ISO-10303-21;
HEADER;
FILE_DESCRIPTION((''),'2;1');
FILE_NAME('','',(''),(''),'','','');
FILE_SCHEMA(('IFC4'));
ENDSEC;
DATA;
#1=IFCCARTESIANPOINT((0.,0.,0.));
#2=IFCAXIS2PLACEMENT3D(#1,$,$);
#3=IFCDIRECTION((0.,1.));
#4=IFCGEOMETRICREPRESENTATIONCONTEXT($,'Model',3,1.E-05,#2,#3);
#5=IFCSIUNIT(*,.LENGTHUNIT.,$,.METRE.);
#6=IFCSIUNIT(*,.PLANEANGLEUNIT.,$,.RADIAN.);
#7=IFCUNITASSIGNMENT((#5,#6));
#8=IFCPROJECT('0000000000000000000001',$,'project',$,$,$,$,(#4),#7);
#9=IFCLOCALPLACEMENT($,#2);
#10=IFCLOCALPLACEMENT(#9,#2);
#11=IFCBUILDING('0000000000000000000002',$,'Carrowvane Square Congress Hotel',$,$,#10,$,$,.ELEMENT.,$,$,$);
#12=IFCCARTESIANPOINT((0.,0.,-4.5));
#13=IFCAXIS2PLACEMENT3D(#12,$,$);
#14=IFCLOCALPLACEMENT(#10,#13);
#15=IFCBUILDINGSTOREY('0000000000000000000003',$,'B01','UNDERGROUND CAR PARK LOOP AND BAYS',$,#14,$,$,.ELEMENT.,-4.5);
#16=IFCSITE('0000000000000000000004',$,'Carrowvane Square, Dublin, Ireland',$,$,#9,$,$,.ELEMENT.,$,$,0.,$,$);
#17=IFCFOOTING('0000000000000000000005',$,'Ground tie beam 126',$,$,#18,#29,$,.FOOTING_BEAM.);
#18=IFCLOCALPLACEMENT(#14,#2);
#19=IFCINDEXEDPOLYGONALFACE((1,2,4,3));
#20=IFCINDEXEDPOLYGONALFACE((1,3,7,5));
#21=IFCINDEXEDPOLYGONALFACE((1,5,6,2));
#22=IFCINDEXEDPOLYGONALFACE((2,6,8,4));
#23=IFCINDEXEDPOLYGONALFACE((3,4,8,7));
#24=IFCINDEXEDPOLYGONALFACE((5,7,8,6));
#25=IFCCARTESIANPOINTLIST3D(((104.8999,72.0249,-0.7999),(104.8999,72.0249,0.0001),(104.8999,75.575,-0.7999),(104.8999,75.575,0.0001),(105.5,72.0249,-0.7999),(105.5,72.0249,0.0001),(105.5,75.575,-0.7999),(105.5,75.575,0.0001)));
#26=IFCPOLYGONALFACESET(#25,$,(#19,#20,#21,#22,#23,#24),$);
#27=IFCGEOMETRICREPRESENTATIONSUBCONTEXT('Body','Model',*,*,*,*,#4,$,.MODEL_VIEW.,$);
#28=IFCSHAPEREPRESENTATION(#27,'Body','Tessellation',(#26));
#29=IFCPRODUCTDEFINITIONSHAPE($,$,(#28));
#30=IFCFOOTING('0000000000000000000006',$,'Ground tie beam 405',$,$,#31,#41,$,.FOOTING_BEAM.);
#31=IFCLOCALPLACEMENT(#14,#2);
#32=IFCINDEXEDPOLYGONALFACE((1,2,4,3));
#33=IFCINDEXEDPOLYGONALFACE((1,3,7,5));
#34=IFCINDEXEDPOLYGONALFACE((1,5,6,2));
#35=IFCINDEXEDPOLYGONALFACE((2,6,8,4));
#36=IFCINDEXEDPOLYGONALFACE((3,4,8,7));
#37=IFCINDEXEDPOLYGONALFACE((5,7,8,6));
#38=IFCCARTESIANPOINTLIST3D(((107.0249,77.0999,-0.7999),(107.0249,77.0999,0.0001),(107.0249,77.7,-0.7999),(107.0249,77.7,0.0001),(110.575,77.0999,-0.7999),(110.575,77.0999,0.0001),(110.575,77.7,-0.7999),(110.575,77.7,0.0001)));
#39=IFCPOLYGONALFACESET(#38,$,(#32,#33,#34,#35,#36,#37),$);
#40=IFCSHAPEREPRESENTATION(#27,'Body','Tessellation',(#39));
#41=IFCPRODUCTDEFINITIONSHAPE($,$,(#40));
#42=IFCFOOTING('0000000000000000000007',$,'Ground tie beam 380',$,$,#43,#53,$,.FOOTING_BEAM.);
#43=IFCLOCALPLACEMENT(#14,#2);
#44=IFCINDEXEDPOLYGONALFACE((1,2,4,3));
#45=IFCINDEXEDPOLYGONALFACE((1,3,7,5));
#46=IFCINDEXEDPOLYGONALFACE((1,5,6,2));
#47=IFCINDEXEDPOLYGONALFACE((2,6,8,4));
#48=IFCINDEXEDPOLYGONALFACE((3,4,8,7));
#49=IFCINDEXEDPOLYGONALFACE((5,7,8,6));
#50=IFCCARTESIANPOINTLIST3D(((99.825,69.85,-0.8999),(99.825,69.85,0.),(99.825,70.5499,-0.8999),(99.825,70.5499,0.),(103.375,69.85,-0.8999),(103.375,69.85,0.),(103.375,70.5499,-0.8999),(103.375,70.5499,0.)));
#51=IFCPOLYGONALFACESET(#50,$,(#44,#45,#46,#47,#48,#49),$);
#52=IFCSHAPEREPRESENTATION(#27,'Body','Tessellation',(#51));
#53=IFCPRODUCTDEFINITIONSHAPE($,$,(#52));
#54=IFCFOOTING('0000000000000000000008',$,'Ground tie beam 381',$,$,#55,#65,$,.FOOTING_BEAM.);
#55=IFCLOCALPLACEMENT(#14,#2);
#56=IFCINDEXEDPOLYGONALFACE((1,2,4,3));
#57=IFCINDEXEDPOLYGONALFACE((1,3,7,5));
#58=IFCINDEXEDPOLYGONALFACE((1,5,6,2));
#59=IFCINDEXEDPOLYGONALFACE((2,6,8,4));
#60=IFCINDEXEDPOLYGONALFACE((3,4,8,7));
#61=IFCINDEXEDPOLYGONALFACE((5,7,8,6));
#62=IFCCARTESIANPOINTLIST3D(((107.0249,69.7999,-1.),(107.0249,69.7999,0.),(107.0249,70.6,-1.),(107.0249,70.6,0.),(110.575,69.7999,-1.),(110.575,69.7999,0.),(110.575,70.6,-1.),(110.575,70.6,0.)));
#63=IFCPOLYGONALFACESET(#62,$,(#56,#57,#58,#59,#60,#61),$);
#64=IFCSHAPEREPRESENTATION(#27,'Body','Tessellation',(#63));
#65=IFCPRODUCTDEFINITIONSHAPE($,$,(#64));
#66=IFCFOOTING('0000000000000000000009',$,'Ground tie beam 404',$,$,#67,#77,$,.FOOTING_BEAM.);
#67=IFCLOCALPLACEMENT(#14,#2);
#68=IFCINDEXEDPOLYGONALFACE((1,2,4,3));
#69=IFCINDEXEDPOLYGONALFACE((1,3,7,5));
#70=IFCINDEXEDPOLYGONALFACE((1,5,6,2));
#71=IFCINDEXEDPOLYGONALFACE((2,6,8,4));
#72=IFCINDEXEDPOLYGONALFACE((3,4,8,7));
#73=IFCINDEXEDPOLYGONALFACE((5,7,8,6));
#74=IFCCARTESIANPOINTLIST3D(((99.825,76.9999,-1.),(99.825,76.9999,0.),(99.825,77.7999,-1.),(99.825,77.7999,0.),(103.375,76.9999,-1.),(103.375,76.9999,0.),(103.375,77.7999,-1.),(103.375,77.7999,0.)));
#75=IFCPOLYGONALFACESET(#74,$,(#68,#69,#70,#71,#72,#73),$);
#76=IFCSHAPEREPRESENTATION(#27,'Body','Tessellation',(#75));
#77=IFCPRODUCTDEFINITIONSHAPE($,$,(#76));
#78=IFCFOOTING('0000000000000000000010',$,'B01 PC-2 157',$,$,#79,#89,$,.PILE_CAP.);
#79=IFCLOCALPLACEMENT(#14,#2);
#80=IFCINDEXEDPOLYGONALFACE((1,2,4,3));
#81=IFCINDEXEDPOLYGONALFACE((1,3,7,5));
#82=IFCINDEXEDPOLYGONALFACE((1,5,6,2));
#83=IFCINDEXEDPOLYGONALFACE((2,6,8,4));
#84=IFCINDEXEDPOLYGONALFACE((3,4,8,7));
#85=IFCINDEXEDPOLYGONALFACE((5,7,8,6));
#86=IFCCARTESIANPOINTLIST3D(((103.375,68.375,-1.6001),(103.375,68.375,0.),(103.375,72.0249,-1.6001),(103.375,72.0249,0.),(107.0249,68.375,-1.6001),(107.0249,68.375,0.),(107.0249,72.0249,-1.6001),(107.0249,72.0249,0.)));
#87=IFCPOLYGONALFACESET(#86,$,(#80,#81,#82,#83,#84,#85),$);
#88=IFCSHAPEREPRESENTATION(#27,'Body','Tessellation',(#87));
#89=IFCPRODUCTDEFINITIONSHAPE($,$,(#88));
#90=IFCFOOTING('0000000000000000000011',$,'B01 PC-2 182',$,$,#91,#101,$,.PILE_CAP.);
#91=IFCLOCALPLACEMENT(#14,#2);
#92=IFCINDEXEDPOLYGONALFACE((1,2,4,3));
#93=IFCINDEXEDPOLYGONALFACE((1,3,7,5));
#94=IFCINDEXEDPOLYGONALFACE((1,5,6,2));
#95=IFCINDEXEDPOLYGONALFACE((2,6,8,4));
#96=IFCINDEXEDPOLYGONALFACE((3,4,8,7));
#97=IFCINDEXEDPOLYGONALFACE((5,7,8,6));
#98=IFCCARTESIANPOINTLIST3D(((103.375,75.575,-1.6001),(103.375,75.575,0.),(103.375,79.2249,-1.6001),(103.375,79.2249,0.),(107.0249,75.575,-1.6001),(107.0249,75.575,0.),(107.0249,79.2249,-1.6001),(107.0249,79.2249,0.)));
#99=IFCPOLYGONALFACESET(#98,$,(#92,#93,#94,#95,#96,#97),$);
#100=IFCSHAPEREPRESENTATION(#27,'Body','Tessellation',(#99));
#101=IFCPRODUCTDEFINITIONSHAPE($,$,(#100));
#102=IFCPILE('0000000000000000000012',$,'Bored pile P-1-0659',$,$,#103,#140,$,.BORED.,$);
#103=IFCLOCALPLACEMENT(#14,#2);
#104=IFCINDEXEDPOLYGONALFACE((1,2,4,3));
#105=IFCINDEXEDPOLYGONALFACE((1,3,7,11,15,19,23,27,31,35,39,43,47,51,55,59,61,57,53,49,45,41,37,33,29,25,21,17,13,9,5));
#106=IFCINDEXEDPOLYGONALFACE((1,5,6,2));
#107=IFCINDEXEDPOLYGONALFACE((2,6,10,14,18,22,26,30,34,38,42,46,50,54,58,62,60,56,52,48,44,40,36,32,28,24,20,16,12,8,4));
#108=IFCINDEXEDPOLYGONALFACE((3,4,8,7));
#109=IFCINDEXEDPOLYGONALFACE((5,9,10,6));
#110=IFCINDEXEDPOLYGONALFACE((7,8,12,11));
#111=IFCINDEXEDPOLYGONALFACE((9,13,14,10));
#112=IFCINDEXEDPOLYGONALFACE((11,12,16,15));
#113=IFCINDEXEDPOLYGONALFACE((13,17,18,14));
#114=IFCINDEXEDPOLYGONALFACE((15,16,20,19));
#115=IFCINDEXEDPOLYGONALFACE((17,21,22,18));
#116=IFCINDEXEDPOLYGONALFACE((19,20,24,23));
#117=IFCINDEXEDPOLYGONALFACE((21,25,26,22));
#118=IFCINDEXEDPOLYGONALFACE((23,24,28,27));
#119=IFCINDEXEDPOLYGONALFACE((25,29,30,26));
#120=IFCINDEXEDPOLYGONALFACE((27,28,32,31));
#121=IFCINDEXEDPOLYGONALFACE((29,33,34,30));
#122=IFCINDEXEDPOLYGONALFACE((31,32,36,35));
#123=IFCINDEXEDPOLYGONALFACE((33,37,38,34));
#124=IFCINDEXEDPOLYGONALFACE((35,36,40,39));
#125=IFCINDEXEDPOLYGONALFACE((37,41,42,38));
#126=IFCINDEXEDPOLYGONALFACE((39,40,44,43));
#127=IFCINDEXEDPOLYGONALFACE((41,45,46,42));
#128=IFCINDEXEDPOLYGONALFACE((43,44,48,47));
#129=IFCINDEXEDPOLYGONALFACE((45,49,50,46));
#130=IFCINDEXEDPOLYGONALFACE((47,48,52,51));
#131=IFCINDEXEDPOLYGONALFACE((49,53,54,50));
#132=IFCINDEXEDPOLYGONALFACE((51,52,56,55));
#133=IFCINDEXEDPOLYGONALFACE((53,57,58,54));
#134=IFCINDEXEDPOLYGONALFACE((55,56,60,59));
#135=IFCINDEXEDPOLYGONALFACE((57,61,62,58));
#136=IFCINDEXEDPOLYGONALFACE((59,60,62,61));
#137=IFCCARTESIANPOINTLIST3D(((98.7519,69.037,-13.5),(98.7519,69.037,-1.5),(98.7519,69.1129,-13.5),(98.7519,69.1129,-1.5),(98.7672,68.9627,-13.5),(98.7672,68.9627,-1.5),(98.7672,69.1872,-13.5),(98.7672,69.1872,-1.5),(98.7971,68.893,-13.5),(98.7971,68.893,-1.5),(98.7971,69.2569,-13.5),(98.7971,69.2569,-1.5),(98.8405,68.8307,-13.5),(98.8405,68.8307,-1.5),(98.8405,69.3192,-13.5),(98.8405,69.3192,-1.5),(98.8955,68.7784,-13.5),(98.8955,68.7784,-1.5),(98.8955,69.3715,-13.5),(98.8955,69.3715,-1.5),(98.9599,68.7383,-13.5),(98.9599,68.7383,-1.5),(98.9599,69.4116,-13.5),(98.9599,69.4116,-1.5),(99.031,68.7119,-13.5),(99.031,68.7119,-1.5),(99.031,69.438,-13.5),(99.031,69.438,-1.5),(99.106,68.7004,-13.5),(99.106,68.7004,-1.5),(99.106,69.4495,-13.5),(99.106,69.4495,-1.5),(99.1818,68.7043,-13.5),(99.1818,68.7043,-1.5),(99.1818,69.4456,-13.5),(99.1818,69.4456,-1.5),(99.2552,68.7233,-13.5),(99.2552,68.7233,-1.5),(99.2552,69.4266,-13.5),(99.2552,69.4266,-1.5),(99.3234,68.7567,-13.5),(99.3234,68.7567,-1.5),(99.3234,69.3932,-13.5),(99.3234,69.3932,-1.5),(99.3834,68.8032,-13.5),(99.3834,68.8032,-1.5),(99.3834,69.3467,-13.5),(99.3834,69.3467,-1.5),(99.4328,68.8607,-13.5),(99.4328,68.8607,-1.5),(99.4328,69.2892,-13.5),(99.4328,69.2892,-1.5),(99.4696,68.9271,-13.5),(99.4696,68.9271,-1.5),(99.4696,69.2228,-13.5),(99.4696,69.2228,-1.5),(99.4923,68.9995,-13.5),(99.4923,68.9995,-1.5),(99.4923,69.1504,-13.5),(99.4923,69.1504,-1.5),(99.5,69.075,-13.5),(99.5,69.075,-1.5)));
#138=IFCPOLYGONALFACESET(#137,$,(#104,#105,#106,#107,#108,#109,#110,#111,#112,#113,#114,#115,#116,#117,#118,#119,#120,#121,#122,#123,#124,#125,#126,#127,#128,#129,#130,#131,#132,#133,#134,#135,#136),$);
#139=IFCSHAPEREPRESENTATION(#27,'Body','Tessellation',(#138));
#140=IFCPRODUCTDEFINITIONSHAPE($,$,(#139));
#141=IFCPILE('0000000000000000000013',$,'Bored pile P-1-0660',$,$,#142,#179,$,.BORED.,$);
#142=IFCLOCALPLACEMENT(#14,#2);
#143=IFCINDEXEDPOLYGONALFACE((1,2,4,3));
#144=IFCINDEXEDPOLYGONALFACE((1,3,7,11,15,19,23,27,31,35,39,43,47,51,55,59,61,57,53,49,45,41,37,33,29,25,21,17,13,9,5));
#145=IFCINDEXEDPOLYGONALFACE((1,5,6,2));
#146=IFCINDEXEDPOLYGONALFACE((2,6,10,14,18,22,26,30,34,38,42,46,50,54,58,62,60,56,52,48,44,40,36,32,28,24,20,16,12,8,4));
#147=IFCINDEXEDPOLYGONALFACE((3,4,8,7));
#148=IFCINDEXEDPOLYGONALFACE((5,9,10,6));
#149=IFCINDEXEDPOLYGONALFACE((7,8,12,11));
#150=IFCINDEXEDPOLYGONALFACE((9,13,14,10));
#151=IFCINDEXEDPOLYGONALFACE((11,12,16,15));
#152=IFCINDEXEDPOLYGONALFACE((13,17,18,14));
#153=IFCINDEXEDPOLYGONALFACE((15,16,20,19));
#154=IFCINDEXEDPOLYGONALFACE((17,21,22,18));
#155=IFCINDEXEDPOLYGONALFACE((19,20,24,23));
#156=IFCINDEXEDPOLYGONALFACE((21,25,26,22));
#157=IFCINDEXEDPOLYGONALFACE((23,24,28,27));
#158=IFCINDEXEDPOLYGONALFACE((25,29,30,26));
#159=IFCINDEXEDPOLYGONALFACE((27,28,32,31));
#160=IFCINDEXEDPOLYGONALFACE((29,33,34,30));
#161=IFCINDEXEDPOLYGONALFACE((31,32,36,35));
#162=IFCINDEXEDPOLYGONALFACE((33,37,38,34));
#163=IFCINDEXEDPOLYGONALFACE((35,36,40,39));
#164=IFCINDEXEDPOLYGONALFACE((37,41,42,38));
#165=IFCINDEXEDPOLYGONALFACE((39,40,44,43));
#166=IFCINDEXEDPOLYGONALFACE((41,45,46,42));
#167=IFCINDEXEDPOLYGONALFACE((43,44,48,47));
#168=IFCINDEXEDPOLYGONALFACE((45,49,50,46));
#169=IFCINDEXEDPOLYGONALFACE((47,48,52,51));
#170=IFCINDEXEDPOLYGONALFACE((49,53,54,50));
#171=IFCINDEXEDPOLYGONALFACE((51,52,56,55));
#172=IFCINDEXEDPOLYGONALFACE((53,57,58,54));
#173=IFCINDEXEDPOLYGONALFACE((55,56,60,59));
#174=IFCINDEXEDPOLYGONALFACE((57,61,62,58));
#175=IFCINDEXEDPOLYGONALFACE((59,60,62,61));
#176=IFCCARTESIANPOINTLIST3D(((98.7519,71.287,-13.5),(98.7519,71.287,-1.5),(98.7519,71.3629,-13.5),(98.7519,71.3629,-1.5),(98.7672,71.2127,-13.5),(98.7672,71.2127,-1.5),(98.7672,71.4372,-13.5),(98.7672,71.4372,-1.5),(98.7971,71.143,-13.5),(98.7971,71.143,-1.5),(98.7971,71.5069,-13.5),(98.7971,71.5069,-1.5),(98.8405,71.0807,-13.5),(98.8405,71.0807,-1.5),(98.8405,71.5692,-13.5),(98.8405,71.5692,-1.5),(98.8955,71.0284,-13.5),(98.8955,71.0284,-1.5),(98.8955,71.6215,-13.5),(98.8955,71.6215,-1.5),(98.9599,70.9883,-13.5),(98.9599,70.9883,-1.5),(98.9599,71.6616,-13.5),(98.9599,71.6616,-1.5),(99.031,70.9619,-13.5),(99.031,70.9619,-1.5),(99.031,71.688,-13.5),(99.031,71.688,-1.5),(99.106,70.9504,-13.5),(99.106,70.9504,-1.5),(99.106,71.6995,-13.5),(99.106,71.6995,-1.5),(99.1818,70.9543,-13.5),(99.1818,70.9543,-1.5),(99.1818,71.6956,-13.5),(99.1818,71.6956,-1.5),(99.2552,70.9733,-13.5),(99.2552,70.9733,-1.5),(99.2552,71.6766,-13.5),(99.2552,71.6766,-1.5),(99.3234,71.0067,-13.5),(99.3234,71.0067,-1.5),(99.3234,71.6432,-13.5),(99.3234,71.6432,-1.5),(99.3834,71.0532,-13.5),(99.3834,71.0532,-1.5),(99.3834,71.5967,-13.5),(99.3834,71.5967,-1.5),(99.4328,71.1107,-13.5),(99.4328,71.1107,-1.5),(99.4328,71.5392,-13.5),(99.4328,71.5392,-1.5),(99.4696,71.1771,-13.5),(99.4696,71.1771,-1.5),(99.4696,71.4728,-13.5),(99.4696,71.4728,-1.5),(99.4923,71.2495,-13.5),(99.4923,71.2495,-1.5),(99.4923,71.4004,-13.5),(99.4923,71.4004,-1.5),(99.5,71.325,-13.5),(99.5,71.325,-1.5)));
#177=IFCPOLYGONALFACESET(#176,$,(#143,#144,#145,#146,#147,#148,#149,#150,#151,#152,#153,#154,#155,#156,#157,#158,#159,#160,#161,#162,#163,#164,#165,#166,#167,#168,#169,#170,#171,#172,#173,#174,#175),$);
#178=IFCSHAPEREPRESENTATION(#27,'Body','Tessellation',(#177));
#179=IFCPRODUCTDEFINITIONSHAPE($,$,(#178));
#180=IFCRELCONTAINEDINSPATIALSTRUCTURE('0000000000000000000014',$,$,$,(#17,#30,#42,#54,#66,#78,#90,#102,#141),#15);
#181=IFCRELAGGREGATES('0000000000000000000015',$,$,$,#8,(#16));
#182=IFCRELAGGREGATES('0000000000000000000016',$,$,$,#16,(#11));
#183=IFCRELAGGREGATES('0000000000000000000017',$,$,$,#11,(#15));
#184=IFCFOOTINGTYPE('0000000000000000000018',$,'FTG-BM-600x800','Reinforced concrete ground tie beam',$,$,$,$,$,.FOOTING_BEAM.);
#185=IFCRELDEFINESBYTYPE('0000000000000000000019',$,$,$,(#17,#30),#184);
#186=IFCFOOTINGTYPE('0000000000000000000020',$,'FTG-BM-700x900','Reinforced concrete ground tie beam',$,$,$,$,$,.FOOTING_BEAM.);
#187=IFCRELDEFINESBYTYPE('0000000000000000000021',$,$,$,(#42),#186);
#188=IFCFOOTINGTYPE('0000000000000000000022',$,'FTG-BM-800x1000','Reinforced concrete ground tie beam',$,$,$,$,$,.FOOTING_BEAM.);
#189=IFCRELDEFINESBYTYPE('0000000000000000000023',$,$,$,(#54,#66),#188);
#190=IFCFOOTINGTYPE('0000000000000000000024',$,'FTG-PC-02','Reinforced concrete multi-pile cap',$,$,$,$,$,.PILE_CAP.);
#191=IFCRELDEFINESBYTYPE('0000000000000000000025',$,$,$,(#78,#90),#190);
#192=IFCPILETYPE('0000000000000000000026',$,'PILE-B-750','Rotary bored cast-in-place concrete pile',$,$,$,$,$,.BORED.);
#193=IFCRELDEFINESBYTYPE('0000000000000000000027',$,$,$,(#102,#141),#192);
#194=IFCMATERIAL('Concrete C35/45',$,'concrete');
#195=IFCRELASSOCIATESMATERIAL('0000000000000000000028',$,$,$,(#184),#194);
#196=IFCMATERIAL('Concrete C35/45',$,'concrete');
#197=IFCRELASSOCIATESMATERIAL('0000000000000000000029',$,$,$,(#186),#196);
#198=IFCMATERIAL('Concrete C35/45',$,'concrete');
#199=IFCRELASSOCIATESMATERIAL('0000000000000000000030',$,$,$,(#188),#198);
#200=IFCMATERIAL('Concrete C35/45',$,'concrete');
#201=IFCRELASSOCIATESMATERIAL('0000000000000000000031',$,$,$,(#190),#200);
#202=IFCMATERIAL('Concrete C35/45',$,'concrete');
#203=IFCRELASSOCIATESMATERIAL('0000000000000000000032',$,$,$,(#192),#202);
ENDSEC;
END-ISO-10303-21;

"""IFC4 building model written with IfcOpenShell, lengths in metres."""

from ifc_helpers import new_model, si_unit, direction, frame, origin, origin_2d, place, context, subcontext, project, spatial, rectangle, circle, extrude, material, material_profile, profile_set, type_object, element, save


model = new_model("IFC4")

# Units and contexts
model_context = context("Model", 3, precision=1e-05, world=origin(), true_north=direction((0.0, 1.0)))
body_context = subcontext(model_context, "Body", "Model", "MODEL_VIEW")
ifc_project = project(units=[si_unit("LENGTHUNIT", "METRE"), si_unit("PLANEANGLEUNIT", "RADIAN")], contexts=[model_context])

# Site, building, storey
site_placement = place(None, origin())
site = spatial("IfcSite", under=ifc_project, at=site_placement, Name="Carrowvane Square, Dublin, Ireland", CompositionType="ELEMENT", RefElevation=0.0)
building_placement = place(site_placement, origin())
building = spatial("IfcBuilding", under=site, at=building_placement, Name="Carrowvane Square Congress Hotel", CompositionType="ELEMENT")
storey_placement = place(building_placement, frame((0.0, 0.0, -4.5)))
storey = spatial("IfcBuildingStorey", under=building, at=storey_placement, Name="B01", Description="UNDERGROUND CAR PARK LOOP AND BAYS", CompositionType="ELEMENT", Elevation=-4.5)

# Footings
ifc_material_1 = material(Name="Concrete C35/45", Category="concrete")
ifc_material_profile_1 = material_profile(ifc_material_1, rectangle(XDim=0.6001, YDim=0.8, at=origin_2d()), Name="RC 600x800")
ifc_profile_set_1 = profile_set([ifc_material_profile_1], Name="Concrete C35/45")
footing_type_1 = type_object("IfcFootingType", Name="FTG-BM-600x800", Description="Reinforced concrete ground tie beam", PredefinedType="FOOTING_BEAM", material=ifc_profile_set_1)
for number, where, z_axis, x_axis, name in (
    (1, (105.2, 72.0249, -0.3999), (0.0, 1.0, 0.0), (-1.0, 0.0, 0.0), "Ground tie beam 126"),
    (2, (107.0249, 77.3999, -0.3999), (1.0, 0.0, 0.0), (0.0, 1.0, 0.0), "Ground tie beam 405"),
):
    element("IfcFooting", number, at=place(storey_placement, frame(where, z_axis=z_axis, x_axis=x_axis)), inside=storey, type_object=footing_type_1, Name=name, PredefinedType="FOOTING_BEAM", context=body_context, shape_type="SweptSolid", body=[
        extrude(rectangle(XDim=0.6001, YDim=0.8, at=origin_2d()), origin(), (0.0, 0.0, 1.0), 3.55),
    ])
ifc_material_2 = material(Name="Concrete C35/45", Category="concrete")
ifc_material_profile_2 = material_profile(ifc_material_2, rectangle(XDim=0.7, YDim=0.8999, at=origin_2d()), Name="RC 700x900")
ifc_profile_set_2 = profile_set([ifc_material_profile_2], Name="Concrete C35/45")
footing_type_2 = type_object("IfcFootingType", Name="FTG-BM-700x900", Description="Reinforced concrete ground tie beam", PredefinedType="FOOTING_BEAM", material=ifc_profile_set_2)
footing_placement = place(storey_placement, frame((99.825, 70.2, -0.45), z_axis=(1.0, 0.0, 0.0), x_axis=(0.0, 1.0, 0.0)))
element("IfcFooting", 3, at=footing_placement, inside=storey, type_object=footing_type_2, Name="Ground tie beam 380", PredefinedType="FOOTING_BEAM", context=body_context, shape_type="SweptSolid", body=[
    extrude(rectangle(XDim=0.7, YDim=0.8999, at=origin_2d()), origin(), (0.0, 0.0, 1.0), 3.55),
])
ifc_material_3 = material(Name="Concrete C35/45", Category="concrete")
ifc_material_profile_3 = material_profile(ifc_material_3, rectangle(XDim=0.8, YDim=1.0, at=origin_2d()), Name="RC 800x1000")
ifc_profile_set_3 = profile_set([ifc_material_profile_3], Name="Concrete C35/45")
footing_type_3 = type_object("IfcFootingType", Name="FTG-BM-800x1000", Description="Reinforced concrete ground tie beam", PredefinedType="FOOTING_BEAM", material=ifc_profile_set_3)
for number, where, z_axis, x_axis, name in (
    (4, (107.0249, 70.2, -0.5), (1.0, 0.0, 0.0), (0.0, 1.0, 0.0), "Ground tie beam 381"),
    (5, (99.825, 77.3999, -0.5), (1.0, 0.0, 0.0), (0.0, 1.0, 0.0), "Ground tie beam 404"),
):
    element("IfcFooting", number, at=place(storey_placement, frame(where, z_axis=z_axis, x_axis=x_axis)), inside=storey, type_object=footing_type_3, Name=name, PredefinedType="FOOTING_BEAM", context=body_context, shape_type="SweptSolid", body=[
        extrude(rectangle(XDim=0.8, YDim=1.0, at=origin_2d()), origin(), (0.0, 0.0, 1.0), 3.55),
    ])
ifc_material_4 = material(Name="Concrete C35/45", Category="concrete")
footing_type_4 = type_object("IfcFootingType", Name="FTG-PC-02", Description="Reinforced concrete multi-pile cap", PredefinedType="PILE_CAP", material=ifc_material_4)
for number, where, z_axis, x_axis, name in (
    (6, (105.2, 70.2, -1.6001), (0.0, 0.0, 1.0), (1.0, 0.0, 0.0), "B01 PC-2 157"),
    (7, (105.2, 77.3999, -1.6001), (0.0, 0.0, 1.0), (1.0, 0.0, 0.0), "B01 PC-2 182"),
):
    element("IfcFooting", number, at=place(storey_placement, frame(where, z_axis=z_axis, x_axis=x_axis)), inside=storey, type_object=footing_type_4, Name=name, PredefinedType="PILE_CAP", context=body_context, shape_type="SweptSolid", body=[
        extrude(rectangle(XDim=3.6499, YDim=3.6499, at=origin_2d()), origin(), (0.0, 0.0, 1.0), 1.6001),
    ])

# Piles
ifc_material_5 = material(Name="Concrete C35/45", Category="concrete")
ifc_material_profile_4 = material_profile(ifc_material_5, circle(Radius=0.375, at=origin_2d()), Name="PILE D750")
ifc_profile_set_4 = profile_set([ifc_material_profile_4], Name="Concrete C35/45")
pile_type = type_object("IfcPileType", Name="PILE-B-750", Description="Rotary bored cast-in-place concrete pile", PredefinedType="BORED", material=ifc_profile_set_4)
for number, where, z_axis, x_axis, name in (
    (8, (99.125, 69.075, -1.5), (0.0, 0.0, -1.0), (1.0, 0.0, 0.0), "Bored pile P-1-0659"),
    (9, (99.125, 71.325, -1.5), (0.0, 0.0, -1.0), (1.0, 0.0, 0.0), "Bored pile P-1-0660"),
):
    element("IfcPile", number, at=place(storey_placement, frame(where, z_axis=z_axis, x_axis=x_axis)), inside=storey, type_object=pile_type, Name=name, PredefinedType="BORED", context=body_context, shape_type="SweptSolid", body=[
        extrude(circle(Radius=0.375, at=origin_2d()), origin(), (0.0, 0.0, 1.0), 12.0),
    ])

save(model, "model.ifc")
